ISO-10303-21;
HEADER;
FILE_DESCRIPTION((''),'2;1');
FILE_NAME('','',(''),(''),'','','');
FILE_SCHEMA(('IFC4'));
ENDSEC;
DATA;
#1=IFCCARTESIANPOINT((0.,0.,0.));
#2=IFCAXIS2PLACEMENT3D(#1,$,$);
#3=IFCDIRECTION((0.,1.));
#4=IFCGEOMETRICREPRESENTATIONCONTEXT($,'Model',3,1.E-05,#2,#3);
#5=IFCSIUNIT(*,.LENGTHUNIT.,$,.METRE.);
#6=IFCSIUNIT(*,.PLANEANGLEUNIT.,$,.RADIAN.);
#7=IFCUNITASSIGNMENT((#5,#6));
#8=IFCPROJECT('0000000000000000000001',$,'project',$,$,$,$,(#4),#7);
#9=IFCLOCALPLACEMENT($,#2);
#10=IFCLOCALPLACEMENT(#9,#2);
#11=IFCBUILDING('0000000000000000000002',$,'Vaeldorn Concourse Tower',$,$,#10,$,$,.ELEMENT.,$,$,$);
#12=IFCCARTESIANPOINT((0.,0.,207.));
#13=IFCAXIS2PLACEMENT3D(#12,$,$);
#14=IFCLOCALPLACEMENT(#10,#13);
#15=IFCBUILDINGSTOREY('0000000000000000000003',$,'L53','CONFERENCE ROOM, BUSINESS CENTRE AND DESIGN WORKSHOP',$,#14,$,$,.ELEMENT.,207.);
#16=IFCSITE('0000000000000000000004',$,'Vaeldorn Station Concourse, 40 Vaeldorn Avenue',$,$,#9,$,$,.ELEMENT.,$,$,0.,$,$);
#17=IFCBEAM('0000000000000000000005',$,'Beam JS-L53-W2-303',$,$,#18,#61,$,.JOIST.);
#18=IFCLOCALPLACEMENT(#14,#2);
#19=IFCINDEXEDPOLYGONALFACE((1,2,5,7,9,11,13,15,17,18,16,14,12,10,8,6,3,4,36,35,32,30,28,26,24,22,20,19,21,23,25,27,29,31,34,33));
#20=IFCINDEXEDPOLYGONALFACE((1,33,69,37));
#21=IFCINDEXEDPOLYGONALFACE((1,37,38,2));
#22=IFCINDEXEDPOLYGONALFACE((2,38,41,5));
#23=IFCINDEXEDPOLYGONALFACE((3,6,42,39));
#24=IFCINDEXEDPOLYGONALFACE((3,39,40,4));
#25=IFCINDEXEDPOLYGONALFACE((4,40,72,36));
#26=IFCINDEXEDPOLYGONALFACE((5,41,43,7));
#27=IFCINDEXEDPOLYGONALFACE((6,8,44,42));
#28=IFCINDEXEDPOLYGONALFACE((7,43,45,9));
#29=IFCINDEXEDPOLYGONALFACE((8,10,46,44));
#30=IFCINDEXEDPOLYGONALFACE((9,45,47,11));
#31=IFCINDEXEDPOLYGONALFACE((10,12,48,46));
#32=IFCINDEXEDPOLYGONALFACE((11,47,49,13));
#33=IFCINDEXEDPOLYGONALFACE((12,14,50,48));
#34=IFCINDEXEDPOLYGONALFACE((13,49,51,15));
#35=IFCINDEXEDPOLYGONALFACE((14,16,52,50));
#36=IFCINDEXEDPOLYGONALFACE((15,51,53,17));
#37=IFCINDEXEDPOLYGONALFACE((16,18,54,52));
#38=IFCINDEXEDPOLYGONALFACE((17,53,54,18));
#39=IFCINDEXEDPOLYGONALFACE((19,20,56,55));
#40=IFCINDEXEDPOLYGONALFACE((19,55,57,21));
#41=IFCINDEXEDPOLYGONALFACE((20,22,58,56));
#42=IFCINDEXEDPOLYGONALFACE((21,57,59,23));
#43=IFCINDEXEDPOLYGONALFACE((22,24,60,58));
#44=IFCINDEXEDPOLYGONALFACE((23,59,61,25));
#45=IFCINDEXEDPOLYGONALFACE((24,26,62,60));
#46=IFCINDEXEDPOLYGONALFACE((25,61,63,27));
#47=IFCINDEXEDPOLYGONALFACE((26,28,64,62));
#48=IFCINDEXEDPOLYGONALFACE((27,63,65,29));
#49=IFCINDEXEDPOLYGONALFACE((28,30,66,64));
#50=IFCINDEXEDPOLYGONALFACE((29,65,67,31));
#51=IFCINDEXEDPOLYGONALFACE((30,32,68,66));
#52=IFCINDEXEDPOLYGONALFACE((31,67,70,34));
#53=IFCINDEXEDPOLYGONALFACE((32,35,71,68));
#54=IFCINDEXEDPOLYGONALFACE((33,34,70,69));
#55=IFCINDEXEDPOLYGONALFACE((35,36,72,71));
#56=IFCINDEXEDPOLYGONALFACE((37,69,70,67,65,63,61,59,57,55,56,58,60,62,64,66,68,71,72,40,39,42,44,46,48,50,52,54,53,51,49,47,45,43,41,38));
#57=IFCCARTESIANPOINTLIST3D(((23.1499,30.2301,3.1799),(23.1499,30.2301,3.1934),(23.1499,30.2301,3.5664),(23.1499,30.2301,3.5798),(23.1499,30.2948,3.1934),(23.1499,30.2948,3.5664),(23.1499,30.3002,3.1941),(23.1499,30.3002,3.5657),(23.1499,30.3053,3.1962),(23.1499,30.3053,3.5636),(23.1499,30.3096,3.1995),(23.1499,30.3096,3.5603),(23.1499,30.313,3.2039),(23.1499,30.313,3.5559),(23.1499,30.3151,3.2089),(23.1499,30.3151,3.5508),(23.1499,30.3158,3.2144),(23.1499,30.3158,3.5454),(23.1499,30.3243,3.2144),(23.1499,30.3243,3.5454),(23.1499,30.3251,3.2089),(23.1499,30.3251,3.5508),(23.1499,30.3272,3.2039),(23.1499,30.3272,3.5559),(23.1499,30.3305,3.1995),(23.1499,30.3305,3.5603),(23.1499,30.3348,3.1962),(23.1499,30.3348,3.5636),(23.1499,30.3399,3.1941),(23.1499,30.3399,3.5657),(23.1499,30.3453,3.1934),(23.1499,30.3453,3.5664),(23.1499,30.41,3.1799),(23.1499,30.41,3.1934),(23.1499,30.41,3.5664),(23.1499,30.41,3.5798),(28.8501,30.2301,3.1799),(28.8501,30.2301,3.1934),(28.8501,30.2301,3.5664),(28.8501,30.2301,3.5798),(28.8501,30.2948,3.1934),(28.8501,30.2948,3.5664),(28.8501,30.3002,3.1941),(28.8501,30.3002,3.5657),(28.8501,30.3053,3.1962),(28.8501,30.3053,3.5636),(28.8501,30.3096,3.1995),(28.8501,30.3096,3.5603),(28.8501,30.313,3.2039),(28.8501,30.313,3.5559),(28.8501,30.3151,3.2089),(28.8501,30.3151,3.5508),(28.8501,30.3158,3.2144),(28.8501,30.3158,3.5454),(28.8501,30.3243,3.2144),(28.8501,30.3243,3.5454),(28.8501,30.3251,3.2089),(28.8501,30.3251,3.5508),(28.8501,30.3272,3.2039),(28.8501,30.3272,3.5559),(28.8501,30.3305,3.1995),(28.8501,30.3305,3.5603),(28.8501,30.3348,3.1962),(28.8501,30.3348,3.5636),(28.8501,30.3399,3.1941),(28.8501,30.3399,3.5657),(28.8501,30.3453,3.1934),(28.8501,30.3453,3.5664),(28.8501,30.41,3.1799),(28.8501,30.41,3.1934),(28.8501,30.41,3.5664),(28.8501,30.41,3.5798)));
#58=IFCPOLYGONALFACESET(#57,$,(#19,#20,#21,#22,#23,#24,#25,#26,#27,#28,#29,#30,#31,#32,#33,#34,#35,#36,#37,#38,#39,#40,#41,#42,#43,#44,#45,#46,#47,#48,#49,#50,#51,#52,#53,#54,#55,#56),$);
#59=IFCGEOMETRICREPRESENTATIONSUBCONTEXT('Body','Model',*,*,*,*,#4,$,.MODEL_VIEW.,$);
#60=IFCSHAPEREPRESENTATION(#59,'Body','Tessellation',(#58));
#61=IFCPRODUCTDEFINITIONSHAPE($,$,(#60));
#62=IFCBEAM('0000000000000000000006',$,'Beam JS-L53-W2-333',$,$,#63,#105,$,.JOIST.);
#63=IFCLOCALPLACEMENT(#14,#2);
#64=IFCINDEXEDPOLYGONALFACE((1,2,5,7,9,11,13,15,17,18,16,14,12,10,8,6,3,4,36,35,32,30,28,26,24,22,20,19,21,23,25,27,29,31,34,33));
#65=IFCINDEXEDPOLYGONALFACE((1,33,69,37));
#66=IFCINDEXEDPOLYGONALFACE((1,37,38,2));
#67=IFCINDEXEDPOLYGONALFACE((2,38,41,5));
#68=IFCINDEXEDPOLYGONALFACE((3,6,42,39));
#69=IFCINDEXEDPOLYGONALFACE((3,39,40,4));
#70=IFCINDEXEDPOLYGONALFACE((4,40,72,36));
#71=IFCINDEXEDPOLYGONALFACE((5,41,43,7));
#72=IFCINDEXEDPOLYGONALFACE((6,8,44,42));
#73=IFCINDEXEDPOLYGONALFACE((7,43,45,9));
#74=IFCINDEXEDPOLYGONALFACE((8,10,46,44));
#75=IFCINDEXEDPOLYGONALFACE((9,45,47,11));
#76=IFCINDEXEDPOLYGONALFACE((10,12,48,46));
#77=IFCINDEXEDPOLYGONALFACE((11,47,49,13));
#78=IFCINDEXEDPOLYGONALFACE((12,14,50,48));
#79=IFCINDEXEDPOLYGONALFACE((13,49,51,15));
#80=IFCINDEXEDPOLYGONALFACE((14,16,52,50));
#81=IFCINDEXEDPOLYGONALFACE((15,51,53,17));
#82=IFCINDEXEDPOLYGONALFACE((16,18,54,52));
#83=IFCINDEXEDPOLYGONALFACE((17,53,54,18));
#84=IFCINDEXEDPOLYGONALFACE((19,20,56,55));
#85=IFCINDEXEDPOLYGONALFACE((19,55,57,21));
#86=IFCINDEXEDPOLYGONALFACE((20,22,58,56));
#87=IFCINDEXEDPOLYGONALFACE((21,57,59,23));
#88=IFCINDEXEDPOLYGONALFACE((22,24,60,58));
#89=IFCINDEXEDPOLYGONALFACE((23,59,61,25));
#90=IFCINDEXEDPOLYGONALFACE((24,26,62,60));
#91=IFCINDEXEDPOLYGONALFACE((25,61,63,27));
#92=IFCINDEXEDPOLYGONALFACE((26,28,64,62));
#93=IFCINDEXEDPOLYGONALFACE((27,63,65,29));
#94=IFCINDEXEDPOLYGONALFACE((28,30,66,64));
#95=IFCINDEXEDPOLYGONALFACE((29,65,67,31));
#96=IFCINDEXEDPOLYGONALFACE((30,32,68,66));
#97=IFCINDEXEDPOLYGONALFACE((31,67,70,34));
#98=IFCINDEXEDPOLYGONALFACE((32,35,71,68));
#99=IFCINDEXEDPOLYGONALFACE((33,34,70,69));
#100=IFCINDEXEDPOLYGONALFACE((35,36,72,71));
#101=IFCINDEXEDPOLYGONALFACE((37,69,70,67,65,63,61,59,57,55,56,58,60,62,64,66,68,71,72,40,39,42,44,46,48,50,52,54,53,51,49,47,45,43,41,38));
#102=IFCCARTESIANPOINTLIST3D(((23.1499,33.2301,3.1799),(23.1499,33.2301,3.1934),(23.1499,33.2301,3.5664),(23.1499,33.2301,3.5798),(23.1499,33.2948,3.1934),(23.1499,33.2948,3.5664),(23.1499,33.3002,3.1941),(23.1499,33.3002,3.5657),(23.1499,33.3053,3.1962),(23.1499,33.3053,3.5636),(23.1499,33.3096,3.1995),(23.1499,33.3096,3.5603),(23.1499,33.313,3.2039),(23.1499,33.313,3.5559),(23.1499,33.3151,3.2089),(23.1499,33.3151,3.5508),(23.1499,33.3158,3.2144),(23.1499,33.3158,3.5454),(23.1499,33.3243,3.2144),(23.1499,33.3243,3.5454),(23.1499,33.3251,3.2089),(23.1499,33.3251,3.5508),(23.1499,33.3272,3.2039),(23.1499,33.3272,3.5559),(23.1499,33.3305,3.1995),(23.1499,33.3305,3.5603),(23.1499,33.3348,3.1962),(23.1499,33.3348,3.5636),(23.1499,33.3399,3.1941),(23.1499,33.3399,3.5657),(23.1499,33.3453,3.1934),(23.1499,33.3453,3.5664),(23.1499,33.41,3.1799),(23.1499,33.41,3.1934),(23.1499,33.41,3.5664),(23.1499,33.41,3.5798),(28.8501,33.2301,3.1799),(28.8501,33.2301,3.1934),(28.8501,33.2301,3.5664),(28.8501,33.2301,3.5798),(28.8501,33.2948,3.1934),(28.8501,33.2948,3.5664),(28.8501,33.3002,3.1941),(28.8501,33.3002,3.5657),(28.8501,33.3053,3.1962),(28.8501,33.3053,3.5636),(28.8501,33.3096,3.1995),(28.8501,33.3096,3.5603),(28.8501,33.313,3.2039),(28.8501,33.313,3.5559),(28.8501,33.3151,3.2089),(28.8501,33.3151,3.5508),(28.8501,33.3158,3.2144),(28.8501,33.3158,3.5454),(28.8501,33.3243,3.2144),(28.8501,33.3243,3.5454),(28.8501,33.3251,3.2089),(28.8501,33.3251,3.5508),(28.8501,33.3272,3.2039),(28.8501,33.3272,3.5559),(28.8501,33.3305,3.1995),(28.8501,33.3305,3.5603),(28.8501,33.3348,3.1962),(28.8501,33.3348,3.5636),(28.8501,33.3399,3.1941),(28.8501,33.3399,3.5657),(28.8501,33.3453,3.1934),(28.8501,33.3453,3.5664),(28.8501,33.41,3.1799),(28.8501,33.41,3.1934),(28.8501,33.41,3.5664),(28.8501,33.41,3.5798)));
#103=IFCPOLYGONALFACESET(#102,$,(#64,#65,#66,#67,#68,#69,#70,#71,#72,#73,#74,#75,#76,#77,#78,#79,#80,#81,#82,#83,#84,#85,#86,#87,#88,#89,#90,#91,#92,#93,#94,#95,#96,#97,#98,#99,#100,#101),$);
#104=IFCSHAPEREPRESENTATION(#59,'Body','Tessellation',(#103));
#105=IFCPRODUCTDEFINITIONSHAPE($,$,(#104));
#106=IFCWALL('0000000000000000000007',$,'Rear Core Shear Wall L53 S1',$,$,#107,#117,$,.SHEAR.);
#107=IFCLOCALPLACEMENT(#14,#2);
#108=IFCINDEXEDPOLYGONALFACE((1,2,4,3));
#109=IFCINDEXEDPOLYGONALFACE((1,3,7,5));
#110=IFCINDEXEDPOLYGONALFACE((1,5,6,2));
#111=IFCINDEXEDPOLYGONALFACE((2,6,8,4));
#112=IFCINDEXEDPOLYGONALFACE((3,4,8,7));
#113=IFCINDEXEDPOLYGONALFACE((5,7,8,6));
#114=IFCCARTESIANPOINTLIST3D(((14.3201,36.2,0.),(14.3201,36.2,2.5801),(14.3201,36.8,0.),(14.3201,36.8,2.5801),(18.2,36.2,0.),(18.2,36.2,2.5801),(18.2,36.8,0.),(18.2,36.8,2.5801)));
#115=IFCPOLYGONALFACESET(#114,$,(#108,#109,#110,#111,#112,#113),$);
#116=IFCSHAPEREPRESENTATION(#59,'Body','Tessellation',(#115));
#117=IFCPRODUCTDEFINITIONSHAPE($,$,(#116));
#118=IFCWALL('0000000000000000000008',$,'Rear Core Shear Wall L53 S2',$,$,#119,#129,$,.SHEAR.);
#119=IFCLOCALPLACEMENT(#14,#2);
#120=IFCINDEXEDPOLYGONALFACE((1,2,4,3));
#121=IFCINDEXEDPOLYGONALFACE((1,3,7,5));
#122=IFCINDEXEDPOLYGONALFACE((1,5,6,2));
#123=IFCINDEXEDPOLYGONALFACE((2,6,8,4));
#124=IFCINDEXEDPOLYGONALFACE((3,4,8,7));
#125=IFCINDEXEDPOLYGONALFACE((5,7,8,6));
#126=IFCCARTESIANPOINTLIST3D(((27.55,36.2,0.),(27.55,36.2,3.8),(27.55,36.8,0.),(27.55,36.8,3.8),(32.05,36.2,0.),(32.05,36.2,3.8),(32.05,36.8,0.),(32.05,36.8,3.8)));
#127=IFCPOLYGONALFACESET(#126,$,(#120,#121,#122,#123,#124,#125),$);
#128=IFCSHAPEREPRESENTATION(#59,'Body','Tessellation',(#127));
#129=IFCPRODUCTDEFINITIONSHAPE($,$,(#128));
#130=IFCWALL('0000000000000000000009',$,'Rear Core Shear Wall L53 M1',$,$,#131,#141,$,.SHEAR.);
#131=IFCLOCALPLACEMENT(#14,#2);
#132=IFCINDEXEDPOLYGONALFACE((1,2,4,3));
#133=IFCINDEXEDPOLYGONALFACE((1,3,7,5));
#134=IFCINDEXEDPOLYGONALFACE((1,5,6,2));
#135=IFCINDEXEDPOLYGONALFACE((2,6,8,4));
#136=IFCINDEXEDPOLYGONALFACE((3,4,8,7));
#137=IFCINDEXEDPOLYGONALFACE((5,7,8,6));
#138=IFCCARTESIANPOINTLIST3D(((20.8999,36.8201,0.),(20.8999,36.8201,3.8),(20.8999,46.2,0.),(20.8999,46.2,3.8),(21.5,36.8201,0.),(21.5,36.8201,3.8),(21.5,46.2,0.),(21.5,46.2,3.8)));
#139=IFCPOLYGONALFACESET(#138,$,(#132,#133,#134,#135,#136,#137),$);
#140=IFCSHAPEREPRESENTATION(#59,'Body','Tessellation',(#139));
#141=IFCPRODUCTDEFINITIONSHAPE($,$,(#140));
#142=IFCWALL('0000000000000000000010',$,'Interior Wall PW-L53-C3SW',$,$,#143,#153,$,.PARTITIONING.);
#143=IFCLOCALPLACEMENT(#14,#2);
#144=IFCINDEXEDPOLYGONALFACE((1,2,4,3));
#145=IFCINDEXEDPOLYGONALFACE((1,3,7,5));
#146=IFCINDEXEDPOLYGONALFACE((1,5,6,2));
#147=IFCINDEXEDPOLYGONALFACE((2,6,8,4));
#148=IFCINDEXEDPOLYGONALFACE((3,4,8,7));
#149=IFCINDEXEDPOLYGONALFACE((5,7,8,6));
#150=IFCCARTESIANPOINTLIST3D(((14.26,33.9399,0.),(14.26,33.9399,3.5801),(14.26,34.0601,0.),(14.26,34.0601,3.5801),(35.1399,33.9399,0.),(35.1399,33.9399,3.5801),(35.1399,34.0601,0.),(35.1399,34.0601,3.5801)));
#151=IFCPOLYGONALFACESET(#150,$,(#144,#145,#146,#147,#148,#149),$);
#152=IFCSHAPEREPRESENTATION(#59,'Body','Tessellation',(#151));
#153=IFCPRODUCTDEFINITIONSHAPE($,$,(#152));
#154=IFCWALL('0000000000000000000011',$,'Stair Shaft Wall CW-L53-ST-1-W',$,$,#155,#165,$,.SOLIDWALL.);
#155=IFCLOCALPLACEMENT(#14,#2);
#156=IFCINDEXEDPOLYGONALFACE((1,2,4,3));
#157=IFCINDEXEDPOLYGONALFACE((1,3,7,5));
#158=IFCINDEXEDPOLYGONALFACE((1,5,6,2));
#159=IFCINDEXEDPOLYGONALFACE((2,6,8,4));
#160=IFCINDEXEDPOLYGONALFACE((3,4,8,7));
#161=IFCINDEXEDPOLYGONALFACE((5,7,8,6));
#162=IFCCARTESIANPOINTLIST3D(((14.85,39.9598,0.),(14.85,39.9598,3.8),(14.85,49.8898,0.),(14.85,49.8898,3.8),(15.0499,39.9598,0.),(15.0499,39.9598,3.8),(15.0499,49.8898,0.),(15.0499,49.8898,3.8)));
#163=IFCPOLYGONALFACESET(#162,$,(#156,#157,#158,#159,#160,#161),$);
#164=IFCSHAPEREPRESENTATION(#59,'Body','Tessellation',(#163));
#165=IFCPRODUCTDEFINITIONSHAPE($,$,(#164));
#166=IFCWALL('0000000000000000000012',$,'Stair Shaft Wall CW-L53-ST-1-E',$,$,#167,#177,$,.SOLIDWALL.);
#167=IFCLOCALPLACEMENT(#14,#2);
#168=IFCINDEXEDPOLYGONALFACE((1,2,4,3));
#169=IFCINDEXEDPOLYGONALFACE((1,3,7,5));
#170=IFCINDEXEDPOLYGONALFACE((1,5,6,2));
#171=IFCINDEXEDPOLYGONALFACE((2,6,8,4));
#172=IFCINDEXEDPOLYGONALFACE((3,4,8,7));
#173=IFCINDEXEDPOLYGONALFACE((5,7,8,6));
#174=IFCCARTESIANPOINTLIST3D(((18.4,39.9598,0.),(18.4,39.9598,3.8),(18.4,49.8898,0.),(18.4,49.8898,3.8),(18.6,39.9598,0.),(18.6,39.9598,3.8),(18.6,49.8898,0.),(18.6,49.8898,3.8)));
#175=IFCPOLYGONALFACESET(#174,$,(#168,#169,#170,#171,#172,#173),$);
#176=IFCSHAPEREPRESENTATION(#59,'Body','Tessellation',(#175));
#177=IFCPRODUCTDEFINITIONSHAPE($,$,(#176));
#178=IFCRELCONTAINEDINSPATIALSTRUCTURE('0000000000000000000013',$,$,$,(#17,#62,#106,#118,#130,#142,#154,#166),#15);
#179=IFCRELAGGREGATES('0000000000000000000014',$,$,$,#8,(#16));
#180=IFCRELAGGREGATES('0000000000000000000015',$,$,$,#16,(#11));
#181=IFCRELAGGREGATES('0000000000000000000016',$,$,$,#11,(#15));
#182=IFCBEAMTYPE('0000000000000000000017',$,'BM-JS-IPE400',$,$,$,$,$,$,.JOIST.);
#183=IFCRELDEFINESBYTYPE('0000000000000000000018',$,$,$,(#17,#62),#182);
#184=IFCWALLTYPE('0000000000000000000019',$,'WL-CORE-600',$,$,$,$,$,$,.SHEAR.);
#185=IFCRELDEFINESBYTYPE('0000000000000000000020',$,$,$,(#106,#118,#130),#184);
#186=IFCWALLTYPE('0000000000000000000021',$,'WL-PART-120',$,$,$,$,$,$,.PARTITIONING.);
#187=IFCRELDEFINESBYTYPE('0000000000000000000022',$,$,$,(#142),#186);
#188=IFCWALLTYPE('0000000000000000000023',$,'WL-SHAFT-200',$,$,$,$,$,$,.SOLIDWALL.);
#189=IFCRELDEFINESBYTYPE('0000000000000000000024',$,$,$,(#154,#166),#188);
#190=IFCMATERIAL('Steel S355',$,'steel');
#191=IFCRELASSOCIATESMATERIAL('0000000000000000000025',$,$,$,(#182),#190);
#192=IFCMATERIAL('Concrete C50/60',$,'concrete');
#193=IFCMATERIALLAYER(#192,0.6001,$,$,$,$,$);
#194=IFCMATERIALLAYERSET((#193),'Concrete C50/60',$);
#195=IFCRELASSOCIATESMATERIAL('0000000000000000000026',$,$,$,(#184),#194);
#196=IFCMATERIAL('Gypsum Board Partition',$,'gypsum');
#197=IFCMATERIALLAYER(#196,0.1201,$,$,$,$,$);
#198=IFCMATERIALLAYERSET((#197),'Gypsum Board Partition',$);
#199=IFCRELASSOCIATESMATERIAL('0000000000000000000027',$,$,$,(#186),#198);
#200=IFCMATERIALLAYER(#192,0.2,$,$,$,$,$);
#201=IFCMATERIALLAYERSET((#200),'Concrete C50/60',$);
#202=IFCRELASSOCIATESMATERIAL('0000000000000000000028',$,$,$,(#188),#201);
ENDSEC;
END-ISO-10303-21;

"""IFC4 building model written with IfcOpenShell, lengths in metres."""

from ifc_helpers import new_model, si_unit, direction, frame, frame_2d, origin, origin_2d, place, context, subcontext, project, spatial, rectangle, i_section, extrude, source, transform, mapped, material, layer, layer_set, material_profile, profile_set, type_object, element, save


model = new_model("IFC4")

# Units and contexts
model_context = context("Model", 3, precision=1e-05, world=origin(), true_north=direction((0.0, 1.0)))
body_context = subcontext(model_context, "Body", "Model", "MODEL_VIEW")
ifc_project = project(units=[si_unit("LENGTHUNIT", "METRE"), si_unit("PLANEANGLEUNIT", "RADIAN")], contexts=[model_context])

# Site, building, storey
site_placement = place(None, origin())
site = spatial("IfcSite", under=ifc_project, at=site_placement, Name="Vaeldorn Station Concourse, 40 Vaeldorn Avenue", CompositionType="ELEMENT", RefElevation=0.0)
building_placement = place(site_placement, origin())
building = spatial("IfcBuilding", under=site, at=building_placement, Name="Vaeldorn Concourse Tower", CompositionType="ELEMENT")
storey_placement = place(building_placement, frame((0.0, 0.0, 207.0)))
storey = spatial("IfcBuildingStorey", under=building, at=storey_placement, Name="L53", Description="CONFERENCE ROOM, BUSINESS CENTRE AND DESIGN WORKSHOP", CompositionType="ELEMENT", Elevation=207.0)

# Shared definitions
ifc_material_1 = material(Name="Steel S355", Category="steel")

# Beams
ifc_material_profile_1 = material_profile(ifc_material_1, i_section(OverallWidth=0.1799, OverallDepth=0.3999, WebThickness=0.0085, FlangeThickness=0.0134, FilletRadius=0.021, at=origin_2d()), Name="IPE 400")
ifc_profile_set_1 = profile_set([ifc_material_profile_1], Name="Steel S355")
beam_type_1 = type_object("IfcBeamType", Name="BM-JS-IPE400", PredefinedType="JOIST", material=ifc_profile_set_1)
shared_shape_1 = source(origin(), body_context, "Body", "SweptSolid", [
    extrude(i_section(OverallWidth=0.1799, OverallDepth=0.3999, WebThickness=0.0085, FlangeThickness=0.0134, FilletRadius=0.021, at=origin_2d()), origin(), (0.0, 0.0, 1.0), 5.7002),
])
for number, where, z_axis, x_axis, name in (
    (1, (23.1499, 30.3201, 3.3799), (1.0, 0.0, 0.0), (0.0, 1.0, 0.0), "Beam JS-L53-W2-303"),
    (2, (23.1499, 33.3201, 3.3799), (1.0, 0.0, 0.0), (0.0, 1.0, 0.0), "Beam JS-L53-W2-333"),
):
    element("IfcBeam", number, at=place(storey_placement, frame(where, z_axis=z_axis, x_axis=x_axis)), inside=storey, type_object=beam_type_1, Name=name, PredefinedType="JOIST", context=body_context, shape_type="MappedRepresentation", body=[
        mapped(shared_shape_1, transform((0.0, 0.0, 0.0), scale=1.0)),
    ])

# Walls
ifc_material_2 = material(Name="Concrete C50/60", Category="concrete")
ifc_layer_1 = layer(ifc_material_2, 0.6001)
ifc_layer_set_1 = layer_set([ifc_layer_1], Name="Concrete C50/60")
wall_type_1 = type_object("IfcWallType", Name="WL-CORE-600", PredefinedType="SHEAR", material=ifc_layer_set_1)
wall_1_placement = place(storey_placement, frame((14.3201, 36.5, 0.0), z_axis=(0.0, 0.0, 1.0), x_axis=(1.0, 0.0, 0.0)))
element("IfcWall", 3, at=wall_1_placement, inside=storey, type_object=wall_type_1, Name="Rear Core Shear Wall L53 S1", PredefinedType="SHEAR", context=body_context, shape_type="SweptSolid", body=[
    extrude(rectangle(XDim=3.8799, YDim=0.6001, at=frame_2d((1.9399, 0.0))), origin(), (0.0, 0.0, 1.0), 2.5801),
])
wall_2_placement = place(storey_placement, frame((27.55, 36.5, 0.0), z_axis=(0.0, 0.0, 1.0), x_axis=(1.0, 0.0, 0.0)))
element("IfcWall", 4, at=wall_2_placement, inside=storey, type_object=wall_type_1, Name="Rear Core Shear Wall L53 S2", PredefinedType="SHEAR", context=body_context, shape_type="SweptSolid", body=[
    extrude(rectangle(XDim=4.5, YDim=0.6001, at=frame_2d((2.25, 0.0))), origin(), (0.0, 0.0, 1.0), 3.8),
])
wall_3_placement = place(storey_placement, frame((21.2, 36.8201, 0.0), z_axis=(0.0, 0.0, 1.0), x_axis=(0.0, 1.0, 0.0)))
element("IfcWall", 5, at=wall_3_placement, inside=storey, type_object=wall_type_1, Name="Rear Core Shear Wall L53 M1", PredefinedType="SHEAR", context=body_context, shape_type="SweptSolid", body=[
    extrude(rectangle(XDim=9.3799, YDim=0.6001, at=frame_2d((4.6899, 0.0))), origin(), (0.0, 0.0, 1.0), 3.8),
])
ifc_material_3 = material(Name="Gypsum Board Partition", Category="gypsum")
ifc_layer_2 = layer(ifc_material_3, 0.1201)
ifc_layer_set_2 = layer_set([ifc_layer_2], Name="Gypsum Board Partition")
wall_type_2 = type_object("IfcWallType", Name="WL-PART-120", PredefinedType="PARTITIONING", material=ifc_layer_set_2)
wall_4_placement = place(storey_placement, frame((14.26, 34.0, 0.0), z_axis=(0.0, 0.0, 1.0), x_axis=(1.0, 0.0, 0.0)))
element("IfcWall", 6, at=wall_4_placement, inside=storey, type_object=wall_type_2, Name="Interior Wall PW-L53-C3SW", PredefinedType="PARTITIONING", context=body_context, shape_type="SweptSolid", body=[
    extrude(rectangle(XDim=20.8799, YDim=0.1201, at=frame_2d((10.4399, 0.0))), origin(), (0.0, 0.0, 1.0), 3.5801),
])

# Shared definitions
ifc_layer_3 = layer(ifc_material_2, 0.2)
ifc_layer_set_3 = layer_set([ifc_layer_3], Name="Concrete C50/60")
wall_type_3 = type_object("IfcWallType", Name="WL-SHAFT-200", PredefinedType="SOLIDWALL", material=ifc_layer_set_3)

# Walls
for number, where, z_axis, x_axis, name in (
    (7, (14.95, 39.96, 0.0), (0.0, 0.0, 1.0), (0.0, 1.0, 0.0), "Stair Shaft Wall CW-L53-ST-1-W"),
    (8, (18.5, 39.96, 0.0), (0.0, 0.0, 1.0), (0.0, 1.0, 0.0), "Stair Shaft Wall CW-L53-ST-1-E"),
):
    element("IfcWall", number, at=place(storey_placement, frame(where, z_axis=z_axis, x_axis=x_axis)), inside=storey, type_object=wall_type_3, Name=name, PredefinedType="SOLIDWALL", context=body_context, shape_type="SweptSolid", body=[
        extrude(rectangle(XDim=9.9299, YDim=0.2, at=frame_2d((4.9648, 0.0))), origin(), (0.0, 0.0, 1.0), 3.8),
    ])

save(model, "model.ifc")
